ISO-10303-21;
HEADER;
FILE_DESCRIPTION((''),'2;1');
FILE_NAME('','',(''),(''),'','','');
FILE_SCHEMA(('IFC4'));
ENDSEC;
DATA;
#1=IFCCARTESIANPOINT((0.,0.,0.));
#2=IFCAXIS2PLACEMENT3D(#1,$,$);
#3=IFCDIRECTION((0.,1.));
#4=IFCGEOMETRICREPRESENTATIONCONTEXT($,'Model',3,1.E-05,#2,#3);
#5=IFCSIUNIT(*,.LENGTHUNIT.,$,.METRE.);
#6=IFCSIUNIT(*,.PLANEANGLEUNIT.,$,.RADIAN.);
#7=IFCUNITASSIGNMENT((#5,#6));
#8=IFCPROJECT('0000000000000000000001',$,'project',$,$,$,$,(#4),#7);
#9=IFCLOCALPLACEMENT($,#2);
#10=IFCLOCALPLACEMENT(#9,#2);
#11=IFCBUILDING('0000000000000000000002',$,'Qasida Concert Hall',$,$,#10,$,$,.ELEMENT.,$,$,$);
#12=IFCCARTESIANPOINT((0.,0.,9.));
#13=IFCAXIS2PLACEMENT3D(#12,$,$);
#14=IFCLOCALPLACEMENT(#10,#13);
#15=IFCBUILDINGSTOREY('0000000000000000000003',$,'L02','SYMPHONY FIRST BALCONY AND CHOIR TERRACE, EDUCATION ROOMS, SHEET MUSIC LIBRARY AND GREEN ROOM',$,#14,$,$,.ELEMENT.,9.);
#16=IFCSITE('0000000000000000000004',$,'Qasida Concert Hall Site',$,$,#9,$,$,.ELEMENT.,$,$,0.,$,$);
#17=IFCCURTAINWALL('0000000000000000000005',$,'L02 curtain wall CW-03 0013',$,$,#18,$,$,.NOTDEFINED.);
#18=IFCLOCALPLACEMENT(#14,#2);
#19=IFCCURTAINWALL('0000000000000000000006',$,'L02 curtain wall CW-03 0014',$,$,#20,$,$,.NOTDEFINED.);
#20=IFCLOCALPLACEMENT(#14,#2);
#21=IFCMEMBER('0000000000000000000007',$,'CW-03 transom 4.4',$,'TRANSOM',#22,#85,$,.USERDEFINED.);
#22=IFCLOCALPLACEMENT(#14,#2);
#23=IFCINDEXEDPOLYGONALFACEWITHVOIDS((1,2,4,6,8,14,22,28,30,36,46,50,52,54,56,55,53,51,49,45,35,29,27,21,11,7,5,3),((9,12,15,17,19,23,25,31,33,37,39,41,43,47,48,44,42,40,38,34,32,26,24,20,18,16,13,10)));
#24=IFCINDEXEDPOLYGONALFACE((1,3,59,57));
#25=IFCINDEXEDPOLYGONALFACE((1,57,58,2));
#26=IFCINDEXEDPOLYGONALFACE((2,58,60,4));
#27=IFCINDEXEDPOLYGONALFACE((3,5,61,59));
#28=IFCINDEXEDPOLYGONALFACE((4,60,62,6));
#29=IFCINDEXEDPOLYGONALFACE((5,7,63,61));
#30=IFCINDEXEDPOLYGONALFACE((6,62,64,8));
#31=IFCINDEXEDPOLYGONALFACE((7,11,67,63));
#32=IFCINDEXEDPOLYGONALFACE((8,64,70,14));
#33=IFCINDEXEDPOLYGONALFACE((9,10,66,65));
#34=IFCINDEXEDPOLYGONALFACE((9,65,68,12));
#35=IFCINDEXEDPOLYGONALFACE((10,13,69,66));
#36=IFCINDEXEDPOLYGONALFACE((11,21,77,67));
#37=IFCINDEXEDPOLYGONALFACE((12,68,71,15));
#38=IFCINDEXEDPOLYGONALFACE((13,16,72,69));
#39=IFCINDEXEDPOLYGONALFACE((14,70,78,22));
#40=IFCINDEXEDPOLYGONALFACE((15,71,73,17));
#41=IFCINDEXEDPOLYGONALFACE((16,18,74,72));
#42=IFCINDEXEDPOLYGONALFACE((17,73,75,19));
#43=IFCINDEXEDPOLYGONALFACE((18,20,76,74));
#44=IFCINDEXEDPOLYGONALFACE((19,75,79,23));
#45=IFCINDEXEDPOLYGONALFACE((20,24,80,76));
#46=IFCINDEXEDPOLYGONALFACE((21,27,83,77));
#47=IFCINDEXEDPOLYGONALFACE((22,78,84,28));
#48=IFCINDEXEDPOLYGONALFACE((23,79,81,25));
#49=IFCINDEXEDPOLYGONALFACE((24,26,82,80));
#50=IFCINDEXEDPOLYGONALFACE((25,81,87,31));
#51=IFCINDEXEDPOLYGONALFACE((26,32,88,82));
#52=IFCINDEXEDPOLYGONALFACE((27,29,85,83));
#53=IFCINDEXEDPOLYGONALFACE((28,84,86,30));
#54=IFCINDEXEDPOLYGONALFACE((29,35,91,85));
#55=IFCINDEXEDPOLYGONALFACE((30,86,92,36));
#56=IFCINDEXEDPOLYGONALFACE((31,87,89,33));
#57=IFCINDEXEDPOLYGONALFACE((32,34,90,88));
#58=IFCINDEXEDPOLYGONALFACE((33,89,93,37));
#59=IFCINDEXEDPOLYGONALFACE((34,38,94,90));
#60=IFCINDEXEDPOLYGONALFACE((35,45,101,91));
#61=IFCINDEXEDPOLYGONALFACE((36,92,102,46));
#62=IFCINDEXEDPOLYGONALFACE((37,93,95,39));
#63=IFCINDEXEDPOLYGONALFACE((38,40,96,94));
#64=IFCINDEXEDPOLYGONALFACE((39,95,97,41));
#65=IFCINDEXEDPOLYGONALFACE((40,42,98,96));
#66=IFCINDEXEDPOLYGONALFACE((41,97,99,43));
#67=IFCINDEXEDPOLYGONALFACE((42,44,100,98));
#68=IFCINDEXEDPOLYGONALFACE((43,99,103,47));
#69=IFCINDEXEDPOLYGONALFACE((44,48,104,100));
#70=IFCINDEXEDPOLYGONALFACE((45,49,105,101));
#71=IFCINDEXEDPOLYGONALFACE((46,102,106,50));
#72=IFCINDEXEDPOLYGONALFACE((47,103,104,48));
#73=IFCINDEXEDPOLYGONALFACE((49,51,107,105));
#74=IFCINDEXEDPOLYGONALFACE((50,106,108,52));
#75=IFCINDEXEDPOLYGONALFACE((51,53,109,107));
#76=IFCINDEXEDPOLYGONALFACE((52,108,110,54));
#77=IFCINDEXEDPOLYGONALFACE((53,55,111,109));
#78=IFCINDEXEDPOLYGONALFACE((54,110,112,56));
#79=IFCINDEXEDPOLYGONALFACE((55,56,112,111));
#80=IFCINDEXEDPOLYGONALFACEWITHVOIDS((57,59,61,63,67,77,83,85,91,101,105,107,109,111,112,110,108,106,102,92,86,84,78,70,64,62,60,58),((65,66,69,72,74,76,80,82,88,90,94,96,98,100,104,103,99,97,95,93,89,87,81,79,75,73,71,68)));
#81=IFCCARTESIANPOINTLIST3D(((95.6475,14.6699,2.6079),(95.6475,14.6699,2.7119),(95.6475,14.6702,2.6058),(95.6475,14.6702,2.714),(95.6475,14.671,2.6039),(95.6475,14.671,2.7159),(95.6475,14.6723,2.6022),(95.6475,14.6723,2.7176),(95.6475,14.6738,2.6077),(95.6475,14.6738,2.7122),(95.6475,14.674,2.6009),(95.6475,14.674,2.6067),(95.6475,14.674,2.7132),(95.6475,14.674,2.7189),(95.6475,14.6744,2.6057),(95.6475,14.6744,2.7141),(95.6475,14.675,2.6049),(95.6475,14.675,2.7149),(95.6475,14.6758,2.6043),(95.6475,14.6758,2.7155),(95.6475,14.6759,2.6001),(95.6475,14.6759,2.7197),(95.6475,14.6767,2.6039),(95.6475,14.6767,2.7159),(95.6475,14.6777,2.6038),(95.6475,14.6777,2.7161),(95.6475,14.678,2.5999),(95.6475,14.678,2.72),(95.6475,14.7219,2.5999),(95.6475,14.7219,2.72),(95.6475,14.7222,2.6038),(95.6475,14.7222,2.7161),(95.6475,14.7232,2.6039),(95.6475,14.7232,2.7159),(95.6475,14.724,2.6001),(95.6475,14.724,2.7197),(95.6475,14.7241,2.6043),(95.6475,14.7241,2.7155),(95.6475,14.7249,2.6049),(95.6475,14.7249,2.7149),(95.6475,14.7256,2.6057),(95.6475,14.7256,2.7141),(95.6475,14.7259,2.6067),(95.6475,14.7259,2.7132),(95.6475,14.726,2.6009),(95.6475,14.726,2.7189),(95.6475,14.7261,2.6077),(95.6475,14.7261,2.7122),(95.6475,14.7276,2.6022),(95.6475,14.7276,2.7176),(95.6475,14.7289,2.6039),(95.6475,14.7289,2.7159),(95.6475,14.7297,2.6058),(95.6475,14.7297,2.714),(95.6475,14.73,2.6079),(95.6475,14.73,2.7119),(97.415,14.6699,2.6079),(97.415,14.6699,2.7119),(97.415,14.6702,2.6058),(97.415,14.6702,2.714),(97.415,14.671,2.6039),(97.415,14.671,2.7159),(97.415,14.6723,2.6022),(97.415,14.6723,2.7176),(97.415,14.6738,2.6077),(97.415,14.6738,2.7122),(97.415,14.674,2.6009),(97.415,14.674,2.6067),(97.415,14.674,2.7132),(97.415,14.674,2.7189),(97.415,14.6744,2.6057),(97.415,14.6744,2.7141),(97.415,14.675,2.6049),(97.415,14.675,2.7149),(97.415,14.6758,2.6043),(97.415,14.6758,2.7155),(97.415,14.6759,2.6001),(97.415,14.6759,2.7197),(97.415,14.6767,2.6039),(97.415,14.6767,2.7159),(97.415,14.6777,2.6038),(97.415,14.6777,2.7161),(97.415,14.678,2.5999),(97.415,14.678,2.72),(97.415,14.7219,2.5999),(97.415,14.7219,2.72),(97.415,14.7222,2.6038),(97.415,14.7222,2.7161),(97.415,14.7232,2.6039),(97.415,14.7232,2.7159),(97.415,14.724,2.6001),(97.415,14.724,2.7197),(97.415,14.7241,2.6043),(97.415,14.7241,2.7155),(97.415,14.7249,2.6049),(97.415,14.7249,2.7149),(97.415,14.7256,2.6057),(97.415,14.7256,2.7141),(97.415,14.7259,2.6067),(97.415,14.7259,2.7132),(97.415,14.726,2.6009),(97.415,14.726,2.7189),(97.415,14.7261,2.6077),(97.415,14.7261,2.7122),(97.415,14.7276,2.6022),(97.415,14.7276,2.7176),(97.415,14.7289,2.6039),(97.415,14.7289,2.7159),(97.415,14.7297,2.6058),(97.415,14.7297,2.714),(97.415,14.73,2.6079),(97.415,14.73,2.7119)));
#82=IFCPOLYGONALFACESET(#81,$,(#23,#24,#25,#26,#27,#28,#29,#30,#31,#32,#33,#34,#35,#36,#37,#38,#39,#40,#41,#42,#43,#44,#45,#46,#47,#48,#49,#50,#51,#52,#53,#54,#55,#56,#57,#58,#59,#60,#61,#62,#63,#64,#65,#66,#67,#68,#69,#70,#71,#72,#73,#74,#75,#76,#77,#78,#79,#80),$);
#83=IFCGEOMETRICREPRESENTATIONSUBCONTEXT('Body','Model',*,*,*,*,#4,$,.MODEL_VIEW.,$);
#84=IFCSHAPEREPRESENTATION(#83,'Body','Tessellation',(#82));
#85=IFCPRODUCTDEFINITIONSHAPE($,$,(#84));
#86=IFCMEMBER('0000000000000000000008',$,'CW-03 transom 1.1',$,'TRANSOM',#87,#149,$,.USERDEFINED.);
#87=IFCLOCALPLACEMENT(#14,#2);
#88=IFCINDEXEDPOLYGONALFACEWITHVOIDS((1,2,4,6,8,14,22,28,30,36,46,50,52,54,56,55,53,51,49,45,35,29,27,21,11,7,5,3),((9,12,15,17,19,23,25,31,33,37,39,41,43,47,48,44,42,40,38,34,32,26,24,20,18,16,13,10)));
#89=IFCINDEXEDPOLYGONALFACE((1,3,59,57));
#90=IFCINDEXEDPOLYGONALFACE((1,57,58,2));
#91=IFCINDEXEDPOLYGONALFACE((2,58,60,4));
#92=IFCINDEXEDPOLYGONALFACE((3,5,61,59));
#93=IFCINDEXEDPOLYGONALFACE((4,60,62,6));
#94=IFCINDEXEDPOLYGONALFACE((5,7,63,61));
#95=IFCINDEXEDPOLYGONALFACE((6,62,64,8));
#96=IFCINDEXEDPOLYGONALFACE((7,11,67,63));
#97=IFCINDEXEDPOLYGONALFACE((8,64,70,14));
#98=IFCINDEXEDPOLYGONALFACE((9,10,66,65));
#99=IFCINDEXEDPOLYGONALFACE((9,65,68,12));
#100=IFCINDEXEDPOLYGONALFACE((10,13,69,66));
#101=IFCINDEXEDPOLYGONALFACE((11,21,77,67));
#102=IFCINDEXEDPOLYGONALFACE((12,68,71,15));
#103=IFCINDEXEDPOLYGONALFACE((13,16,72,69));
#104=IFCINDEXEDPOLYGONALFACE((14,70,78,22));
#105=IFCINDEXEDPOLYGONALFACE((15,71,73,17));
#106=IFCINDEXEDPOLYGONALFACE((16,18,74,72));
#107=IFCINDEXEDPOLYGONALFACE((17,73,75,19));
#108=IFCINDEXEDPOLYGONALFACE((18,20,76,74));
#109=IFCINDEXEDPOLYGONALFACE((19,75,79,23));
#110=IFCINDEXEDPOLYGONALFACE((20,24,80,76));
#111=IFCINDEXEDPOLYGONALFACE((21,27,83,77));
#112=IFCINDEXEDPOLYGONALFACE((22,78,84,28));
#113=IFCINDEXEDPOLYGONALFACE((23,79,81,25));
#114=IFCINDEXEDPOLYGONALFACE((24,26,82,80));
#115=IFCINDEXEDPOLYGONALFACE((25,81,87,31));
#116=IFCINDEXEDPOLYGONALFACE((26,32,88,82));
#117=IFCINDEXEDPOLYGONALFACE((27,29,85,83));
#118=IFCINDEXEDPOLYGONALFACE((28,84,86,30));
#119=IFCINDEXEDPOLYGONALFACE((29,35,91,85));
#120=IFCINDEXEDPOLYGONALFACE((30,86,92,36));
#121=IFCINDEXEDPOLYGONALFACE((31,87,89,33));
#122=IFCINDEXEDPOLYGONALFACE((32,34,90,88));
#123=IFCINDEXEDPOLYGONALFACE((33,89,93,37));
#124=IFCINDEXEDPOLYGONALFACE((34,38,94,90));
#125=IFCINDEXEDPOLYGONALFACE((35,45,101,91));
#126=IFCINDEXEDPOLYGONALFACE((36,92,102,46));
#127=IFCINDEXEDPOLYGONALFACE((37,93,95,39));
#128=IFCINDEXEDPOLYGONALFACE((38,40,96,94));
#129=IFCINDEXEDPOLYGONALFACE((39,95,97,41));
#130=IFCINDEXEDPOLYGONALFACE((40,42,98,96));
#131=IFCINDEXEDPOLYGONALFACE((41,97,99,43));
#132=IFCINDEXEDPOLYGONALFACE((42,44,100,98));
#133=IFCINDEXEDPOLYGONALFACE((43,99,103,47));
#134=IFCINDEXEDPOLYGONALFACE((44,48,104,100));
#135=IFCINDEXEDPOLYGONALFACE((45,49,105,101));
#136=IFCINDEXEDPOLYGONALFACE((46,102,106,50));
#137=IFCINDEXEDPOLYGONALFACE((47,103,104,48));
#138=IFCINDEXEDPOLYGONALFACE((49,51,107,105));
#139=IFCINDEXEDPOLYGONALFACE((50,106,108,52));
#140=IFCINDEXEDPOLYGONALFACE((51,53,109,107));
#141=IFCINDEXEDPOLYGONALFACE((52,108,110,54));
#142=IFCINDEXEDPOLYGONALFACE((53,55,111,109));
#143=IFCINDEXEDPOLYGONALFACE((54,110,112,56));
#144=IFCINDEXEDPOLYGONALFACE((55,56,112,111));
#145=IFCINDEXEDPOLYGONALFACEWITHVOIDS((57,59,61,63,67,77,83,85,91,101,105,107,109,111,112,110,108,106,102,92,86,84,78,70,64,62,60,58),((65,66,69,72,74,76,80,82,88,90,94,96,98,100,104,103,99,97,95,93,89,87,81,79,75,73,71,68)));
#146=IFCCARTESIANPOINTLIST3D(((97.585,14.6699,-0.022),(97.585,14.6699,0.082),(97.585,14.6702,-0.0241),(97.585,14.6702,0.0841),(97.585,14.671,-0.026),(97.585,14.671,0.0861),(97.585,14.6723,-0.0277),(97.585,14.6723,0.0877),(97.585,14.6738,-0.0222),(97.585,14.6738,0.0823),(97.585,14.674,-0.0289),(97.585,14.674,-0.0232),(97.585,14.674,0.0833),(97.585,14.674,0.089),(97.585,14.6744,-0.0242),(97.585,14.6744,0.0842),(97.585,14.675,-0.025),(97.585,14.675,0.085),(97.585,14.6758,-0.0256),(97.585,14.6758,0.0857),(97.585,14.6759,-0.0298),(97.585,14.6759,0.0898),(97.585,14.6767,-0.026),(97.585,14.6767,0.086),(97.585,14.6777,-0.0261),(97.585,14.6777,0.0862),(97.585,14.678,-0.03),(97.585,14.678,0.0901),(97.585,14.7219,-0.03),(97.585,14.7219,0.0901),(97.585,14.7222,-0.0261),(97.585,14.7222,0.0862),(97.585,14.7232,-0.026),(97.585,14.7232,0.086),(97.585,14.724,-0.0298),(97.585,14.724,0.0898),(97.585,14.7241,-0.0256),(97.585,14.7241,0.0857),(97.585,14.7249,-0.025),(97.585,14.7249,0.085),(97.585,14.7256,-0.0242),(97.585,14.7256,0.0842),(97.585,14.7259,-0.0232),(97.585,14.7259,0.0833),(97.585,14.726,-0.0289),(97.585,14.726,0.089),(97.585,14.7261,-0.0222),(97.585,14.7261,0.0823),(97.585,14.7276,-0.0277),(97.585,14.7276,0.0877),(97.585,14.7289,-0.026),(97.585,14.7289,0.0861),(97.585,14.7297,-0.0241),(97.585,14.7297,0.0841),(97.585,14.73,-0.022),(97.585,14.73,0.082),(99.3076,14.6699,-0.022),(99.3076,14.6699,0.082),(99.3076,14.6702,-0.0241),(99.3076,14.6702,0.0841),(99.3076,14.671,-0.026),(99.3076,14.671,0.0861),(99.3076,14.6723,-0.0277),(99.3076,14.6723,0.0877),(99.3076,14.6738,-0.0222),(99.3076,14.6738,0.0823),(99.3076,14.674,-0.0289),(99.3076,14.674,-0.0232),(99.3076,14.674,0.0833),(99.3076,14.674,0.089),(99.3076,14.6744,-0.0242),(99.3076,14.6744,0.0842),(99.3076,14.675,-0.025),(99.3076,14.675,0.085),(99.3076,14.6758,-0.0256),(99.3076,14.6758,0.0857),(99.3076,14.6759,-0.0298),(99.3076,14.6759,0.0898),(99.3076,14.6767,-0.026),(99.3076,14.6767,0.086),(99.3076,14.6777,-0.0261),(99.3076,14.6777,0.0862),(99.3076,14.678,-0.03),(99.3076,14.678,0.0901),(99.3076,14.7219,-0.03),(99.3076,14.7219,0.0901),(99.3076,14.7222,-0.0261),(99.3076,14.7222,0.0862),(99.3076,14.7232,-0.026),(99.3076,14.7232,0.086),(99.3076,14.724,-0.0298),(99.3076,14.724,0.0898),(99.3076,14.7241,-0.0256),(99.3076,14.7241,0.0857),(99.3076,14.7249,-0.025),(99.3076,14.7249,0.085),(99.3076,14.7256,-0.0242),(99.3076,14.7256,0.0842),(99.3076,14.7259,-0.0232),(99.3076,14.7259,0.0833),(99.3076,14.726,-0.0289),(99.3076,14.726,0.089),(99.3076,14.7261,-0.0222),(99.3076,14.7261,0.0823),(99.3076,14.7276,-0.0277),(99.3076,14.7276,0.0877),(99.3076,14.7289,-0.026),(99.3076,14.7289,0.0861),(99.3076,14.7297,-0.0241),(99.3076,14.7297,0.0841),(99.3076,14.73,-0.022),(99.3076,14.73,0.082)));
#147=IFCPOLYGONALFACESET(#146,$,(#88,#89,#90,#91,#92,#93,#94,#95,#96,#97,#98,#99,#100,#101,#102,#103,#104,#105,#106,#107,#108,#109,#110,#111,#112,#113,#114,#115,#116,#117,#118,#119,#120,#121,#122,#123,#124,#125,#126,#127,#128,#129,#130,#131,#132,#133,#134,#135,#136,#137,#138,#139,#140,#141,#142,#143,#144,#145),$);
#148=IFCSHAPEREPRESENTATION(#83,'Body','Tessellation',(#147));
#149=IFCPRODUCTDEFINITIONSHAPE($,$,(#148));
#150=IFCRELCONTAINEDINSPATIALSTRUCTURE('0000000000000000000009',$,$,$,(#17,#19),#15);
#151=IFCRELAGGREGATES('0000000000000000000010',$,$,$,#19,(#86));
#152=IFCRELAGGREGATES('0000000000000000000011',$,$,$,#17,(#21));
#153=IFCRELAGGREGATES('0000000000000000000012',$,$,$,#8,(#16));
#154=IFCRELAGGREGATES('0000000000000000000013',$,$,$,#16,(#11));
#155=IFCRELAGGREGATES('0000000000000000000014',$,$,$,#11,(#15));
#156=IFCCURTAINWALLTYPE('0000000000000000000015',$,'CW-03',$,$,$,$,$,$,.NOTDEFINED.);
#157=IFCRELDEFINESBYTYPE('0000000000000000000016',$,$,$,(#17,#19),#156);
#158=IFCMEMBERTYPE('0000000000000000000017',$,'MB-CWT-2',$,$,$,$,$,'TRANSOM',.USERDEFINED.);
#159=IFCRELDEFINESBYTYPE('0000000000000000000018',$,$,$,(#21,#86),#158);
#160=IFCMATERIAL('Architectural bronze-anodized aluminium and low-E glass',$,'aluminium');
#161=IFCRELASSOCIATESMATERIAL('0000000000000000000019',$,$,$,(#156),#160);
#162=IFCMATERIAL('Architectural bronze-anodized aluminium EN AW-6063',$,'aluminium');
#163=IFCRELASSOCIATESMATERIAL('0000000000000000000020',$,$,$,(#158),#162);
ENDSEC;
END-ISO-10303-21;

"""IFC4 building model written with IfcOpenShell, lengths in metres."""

from ifc_helpers import new_model, si_unit, direction, frame, origin, origin_2d, place, context, subcontext, project, spatial, hollow_rectangle, extrude, material, material_profile, profile_set, type_object, element, aggregate, save


model = new_model("IFC4")

# Units and contexts
model_context = context("Model", 3, precision=1e-05, world=origin(), true_north=direction((0.0, 1.0)))
body_context = subcontext(model_context, "Body", "Model", "MODEL_VIEW")
ifc_project = project(units=[si_unit("LENGTHUNIT", "METRE"), si_unit("PLANEANGLEUNIT", "RADIAN")], contexts=[model_context])

# Site, building, storey
site_placement = place(None, origin())
site = spatial("IfcSite", under=ifc_project, at=site_placement, Name="Qasida Concert Hall Site", CompositionType="ELEMENT", RefElevation=0.0)
building_placement = place(site_placement, origin())
building = spatial("IfcBuilding", under=site, at=building_placement, Name="Qasida Concert Hall", CompositionType="ELEMENT")
storey_placement = place(building_placement, frame((0.0, 0.0, 9.0)))
storey = spatial("IfcBuildingStorey", under=building, at=storey_placement, Name="L02", Description="SYMPHONY FIRST BALCONY AND CHOIR TERRACE, EDUCATION ROOMS, SHEET MUSIC LIBRARY AND GREEN ROOM", CompositionType="ELEMENT", Elevation=9.0)

# Curtain wall
ifc_material_1 = material(Name="Architectural bronze-anodized aluminium and low-E glass", Category="aluminium")
curtain_wall_type = type_object("IfcCurtainWallType", Name="CW-03", PredefinedType="NOTDEFINED", material=ifc_material_1)
curtain_wall_1_placement = place(storey_placement, origin())
curtain_wall_1 = element("IfcCurtainWall", 1, at=curtain_wall_1_placement, inside=storey, type_object=curtain_wall_type, Name="L02 curtain wall CW-03 0013", PredefinedType="NOTDEFINED")
ifc_material_2 = material(Name="Architectural bronze-anodized aluminium EN AW-6063", Category="aluminium")

# Curtain wall
curtain_wall_2_placement = place(storey_placement, origin())
curtain_wall_2 = element("IfcCurtainWall", 2, at=curtain_wall_2_placement, inside=storey, type_object=curtain_wall_type, Name="L02 curtain wall CW-03 0014", PredefinedType="NOTDEFINED")

# Members
ifc_material_profile_1 = material_profile(ifc_material_2, hollow_rectangle(XDim=0.0601, YDim=0.1201, WallThickness=0.0039, InnerFilletRadius=0.0039, OuterFilletRadius=0.0081, at=origin_2d()), Name="CWT 120x60x4")
ifc_profile_set_1 = profile_set([ifc_material_profile_1], Name="Architectural bronze-anodized aluminium EN AW-6063")
member_type_1 = type_object("IfcMemberType", Name="MB-CWT-2", ElementType="TRANSOM", PredefinedType="USERDEFINED", material=ifc_profile_set_1)
member_1_placement = place(storey_placement, frame((95.6475, 14.7, 2.6599), z_axis=(1.0, 0.0, 0.0), x_axis=(0.0, 1.0, 0.0)))
member_1 = element("IfcMember", 3, at=member_1_placement, type_object=member_type_1, Name="CW-03 transom 4.4", ObjectType="TRANSOM", PredefinedType="USERDEFINED", context=body_context, shape_type="SweptSolid", body=[
    extrude(hollow_rectangle(XDim=0.0601, YDim=0.1201, WallThickness=0.0039, InnerFilletRadius=0.0039, OuterFilletRadius=0.0081, at=origin_2d()), origin(), (0.0, 0.0, 1.0), 1.7676),
])
member_2_placement = place(storey_placement, frame((97.585, 14.7, 0.03), z_axis=(1.0, 0.0, 0.0), x_axis=(0.0, 1.0, 0.0)))
member_2 = element("IfcMember", 4, at=member_2_placement, type_object=member_type_1, Name="CW-03 transom 1.1", ObjectType="TRANSOM", PredefinedType="USERDEFINED", context=body_context, shape_type="SweptSolid", body=[
    extrude(hollow_rectangle(XDim=0.0601, YDim=0.1201, WallThickness=0.0039, InnerFilletRadius=0.0039, OuterFilletRadius=0.0081, at=origin_2d()), origin(), (0.0, 0.0, 1.0), 1.7227),
])
aggregate(curtain_wall_2, [member_2])

aggregate(curtain_wall_1, [member_1])

save(model, "model.ifc")
